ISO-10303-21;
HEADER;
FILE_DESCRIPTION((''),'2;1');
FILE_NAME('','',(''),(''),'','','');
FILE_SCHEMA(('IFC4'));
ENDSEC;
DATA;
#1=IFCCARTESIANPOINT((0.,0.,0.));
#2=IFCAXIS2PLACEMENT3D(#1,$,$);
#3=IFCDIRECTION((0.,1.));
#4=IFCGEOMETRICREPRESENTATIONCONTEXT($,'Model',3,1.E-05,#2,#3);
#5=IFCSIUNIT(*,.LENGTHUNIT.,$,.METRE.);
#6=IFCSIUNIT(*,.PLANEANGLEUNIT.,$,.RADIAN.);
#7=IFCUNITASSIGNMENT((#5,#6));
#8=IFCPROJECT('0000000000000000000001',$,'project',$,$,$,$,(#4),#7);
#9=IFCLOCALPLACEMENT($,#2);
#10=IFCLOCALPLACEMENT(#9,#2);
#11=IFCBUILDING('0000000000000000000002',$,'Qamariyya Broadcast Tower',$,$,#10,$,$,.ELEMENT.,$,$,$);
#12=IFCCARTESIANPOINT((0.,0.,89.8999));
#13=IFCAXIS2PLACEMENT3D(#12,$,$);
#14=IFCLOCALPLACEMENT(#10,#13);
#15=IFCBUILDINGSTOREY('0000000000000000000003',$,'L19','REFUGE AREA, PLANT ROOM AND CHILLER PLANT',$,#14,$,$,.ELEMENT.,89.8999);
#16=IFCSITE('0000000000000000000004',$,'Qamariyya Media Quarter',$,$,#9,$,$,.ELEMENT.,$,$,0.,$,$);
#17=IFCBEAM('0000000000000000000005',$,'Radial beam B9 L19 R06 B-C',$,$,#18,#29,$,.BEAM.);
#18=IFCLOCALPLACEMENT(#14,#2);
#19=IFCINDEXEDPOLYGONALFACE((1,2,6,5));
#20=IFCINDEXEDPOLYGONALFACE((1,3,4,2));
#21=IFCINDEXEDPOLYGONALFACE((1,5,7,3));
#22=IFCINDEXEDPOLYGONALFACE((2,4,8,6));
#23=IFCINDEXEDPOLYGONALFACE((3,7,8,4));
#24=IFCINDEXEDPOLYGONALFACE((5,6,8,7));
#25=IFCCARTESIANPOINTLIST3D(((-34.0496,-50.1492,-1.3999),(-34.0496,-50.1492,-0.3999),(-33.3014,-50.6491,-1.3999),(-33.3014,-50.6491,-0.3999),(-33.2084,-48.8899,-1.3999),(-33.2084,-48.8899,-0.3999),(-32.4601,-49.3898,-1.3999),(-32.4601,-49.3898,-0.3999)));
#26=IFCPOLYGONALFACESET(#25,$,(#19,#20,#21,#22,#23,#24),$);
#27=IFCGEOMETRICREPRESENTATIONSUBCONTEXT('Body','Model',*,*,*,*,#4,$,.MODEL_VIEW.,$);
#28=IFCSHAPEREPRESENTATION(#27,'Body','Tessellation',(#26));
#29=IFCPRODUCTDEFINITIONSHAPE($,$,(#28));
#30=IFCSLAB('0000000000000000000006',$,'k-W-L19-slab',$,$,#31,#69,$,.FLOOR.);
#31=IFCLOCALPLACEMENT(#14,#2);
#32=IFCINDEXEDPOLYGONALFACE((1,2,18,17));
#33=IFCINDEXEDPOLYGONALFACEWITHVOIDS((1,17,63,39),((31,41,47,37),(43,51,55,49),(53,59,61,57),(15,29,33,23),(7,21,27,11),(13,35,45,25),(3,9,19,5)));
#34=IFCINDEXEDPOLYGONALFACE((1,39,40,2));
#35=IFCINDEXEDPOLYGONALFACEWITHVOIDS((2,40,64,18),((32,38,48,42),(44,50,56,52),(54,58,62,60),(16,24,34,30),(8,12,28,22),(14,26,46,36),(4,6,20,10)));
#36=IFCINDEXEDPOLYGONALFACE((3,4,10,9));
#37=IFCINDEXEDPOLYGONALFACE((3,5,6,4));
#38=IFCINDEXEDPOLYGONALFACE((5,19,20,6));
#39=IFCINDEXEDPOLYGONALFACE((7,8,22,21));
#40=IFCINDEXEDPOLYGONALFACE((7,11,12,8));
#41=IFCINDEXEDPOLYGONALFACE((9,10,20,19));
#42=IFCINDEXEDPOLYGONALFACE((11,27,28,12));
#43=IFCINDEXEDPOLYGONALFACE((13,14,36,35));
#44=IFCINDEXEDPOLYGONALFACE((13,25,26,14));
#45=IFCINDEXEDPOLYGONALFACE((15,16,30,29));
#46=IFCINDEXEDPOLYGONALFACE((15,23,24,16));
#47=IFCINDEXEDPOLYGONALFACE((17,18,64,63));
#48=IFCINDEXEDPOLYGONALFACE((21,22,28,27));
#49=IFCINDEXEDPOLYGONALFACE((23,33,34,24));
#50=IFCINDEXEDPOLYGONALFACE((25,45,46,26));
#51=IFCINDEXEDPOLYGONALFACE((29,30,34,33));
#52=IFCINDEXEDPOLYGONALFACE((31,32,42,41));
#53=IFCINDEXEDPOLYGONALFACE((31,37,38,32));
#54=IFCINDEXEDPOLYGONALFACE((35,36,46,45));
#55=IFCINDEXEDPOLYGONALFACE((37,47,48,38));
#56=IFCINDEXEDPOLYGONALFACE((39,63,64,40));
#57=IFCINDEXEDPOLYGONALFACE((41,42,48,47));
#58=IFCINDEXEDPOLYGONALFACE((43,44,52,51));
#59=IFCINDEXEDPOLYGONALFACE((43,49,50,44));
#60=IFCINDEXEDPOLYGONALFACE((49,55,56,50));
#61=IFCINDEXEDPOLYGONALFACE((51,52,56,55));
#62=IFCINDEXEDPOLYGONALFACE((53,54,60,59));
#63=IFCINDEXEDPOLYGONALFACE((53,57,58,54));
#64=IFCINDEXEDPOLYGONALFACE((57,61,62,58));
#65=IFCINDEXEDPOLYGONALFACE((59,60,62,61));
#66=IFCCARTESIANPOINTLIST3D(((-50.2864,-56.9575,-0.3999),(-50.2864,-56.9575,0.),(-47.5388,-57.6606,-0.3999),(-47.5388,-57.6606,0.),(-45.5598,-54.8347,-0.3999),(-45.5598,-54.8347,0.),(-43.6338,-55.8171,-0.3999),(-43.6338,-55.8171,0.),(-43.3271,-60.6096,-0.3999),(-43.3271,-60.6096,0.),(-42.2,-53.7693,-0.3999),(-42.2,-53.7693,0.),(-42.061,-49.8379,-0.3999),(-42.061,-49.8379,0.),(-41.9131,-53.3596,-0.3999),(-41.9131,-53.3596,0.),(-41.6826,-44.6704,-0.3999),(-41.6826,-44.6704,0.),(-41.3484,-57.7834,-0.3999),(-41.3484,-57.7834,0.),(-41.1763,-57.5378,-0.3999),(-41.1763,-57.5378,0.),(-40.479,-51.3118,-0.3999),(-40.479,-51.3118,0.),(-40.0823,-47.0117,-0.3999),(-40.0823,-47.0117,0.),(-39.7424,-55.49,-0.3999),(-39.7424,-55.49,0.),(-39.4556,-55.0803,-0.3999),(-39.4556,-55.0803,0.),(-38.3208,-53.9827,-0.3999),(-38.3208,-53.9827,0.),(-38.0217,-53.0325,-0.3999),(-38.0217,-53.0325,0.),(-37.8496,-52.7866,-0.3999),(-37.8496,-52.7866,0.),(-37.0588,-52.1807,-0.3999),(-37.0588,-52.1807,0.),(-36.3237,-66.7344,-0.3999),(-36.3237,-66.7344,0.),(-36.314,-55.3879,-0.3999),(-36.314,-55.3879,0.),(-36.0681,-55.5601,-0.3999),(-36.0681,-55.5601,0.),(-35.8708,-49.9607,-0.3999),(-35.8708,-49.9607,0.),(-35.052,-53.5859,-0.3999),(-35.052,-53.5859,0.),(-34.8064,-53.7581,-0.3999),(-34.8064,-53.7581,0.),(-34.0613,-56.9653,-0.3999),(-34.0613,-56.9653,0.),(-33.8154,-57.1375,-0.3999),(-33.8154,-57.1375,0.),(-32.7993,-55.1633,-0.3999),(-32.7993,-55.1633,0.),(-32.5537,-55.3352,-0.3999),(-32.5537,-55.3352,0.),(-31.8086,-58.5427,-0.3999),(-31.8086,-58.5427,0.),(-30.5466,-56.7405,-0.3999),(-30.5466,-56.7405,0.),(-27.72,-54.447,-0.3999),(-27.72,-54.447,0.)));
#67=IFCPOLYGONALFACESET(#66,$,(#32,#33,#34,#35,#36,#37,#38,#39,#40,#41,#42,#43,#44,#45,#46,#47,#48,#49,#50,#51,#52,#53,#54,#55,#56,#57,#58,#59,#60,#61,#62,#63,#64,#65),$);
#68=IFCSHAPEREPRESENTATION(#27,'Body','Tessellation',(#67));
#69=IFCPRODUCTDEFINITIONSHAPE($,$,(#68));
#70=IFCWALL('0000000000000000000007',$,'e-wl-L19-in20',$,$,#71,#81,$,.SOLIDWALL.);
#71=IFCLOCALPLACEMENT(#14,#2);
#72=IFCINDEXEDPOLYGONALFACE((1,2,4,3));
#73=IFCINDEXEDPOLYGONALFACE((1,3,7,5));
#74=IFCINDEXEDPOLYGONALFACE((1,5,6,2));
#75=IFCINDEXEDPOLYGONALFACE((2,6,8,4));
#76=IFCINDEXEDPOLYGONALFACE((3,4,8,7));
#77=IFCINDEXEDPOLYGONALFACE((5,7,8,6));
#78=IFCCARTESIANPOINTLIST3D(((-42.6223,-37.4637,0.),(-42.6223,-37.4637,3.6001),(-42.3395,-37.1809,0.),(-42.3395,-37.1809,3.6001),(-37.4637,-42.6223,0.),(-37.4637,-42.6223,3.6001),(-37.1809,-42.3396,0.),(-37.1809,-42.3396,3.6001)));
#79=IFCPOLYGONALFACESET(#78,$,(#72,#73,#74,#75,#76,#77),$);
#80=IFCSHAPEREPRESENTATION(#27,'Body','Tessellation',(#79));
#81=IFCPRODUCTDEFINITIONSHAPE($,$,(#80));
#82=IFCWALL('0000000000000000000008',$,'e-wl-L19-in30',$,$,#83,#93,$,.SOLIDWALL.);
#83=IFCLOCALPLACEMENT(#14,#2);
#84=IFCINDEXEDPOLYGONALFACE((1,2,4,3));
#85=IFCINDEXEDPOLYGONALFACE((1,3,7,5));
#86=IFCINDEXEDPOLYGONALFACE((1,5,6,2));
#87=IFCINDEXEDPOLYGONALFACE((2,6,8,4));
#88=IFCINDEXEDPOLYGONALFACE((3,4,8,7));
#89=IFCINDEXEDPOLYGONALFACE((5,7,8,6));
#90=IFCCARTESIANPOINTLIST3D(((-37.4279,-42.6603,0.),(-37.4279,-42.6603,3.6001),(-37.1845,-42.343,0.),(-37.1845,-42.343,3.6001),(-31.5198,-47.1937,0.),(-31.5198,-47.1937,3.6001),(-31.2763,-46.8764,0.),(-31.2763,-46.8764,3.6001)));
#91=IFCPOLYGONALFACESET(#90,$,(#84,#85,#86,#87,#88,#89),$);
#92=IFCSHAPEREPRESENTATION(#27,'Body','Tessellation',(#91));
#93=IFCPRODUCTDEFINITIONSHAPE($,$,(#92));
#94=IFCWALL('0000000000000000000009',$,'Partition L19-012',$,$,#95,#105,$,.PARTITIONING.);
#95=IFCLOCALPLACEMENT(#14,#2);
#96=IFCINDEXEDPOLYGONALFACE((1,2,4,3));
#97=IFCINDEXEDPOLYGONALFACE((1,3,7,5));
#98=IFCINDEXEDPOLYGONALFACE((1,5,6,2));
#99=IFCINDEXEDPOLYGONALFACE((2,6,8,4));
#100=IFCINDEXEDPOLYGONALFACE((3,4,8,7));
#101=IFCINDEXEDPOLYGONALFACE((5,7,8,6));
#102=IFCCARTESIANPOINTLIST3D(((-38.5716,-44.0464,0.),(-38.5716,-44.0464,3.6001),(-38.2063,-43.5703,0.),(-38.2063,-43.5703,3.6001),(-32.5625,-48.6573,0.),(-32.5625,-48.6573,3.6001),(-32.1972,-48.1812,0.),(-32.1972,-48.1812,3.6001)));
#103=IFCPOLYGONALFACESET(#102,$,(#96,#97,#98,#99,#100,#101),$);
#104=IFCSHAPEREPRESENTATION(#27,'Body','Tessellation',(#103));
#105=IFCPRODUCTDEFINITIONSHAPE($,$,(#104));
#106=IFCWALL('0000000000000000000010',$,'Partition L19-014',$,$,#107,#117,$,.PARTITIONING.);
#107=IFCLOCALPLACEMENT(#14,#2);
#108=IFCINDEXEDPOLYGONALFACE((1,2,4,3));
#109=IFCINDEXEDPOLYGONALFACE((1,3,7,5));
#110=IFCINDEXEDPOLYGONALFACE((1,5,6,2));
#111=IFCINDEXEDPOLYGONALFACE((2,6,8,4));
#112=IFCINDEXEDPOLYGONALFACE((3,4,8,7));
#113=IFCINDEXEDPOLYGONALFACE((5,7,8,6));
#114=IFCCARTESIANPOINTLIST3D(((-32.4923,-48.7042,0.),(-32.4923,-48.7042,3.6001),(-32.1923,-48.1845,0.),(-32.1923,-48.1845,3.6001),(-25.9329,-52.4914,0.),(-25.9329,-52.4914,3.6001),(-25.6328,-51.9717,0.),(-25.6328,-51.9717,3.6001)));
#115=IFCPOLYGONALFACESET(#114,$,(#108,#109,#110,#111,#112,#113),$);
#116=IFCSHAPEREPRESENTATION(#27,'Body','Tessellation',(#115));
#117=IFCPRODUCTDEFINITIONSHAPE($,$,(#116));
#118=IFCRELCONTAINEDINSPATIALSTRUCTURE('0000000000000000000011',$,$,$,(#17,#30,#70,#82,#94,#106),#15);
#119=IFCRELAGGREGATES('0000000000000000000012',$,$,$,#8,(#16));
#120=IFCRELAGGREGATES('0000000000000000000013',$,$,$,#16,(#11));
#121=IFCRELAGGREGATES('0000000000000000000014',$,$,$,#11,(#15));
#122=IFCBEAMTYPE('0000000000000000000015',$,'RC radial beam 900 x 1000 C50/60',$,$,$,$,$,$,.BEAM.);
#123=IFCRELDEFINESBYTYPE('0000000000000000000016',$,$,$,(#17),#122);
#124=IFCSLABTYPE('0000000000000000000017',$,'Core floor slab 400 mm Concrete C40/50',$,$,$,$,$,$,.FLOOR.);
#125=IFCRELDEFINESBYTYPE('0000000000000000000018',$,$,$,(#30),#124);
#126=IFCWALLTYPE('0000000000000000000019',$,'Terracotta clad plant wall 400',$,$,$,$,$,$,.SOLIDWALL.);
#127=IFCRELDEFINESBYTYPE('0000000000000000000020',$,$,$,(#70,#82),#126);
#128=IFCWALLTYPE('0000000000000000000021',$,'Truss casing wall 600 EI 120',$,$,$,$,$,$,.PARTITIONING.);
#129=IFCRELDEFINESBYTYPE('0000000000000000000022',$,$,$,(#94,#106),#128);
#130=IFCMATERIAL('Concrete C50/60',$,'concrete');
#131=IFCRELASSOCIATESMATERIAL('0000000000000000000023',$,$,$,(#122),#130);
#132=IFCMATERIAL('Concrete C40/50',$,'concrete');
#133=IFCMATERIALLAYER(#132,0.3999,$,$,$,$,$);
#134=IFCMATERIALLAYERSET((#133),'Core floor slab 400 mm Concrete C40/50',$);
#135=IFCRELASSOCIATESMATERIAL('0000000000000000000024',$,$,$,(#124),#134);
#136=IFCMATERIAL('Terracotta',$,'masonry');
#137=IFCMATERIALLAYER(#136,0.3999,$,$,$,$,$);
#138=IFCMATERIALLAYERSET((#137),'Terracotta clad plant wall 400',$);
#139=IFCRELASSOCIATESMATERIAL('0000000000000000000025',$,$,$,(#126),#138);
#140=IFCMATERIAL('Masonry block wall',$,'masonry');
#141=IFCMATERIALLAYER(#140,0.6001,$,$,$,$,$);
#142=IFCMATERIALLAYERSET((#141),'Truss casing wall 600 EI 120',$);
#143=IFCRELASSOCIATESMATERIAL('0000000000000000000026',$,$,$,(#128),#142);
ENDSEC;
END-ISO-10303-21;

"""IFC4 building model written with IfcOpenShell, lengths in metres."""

from ifc_helpers import new_model, si_unit, direction, frame, frame_2d, origin, origin_2d, place, context, subcontext, project, spatial, polyline, rectangle, outline, extrude, material, layer, layer_set, material_profile, profile_set, type_object, element, save


model = new_model("IFC4")

# Units and contexts
model_context = context("Model", 3, precision=1e-05, world=origin(), true_north=direction((0.0, 1.0)))
body_context = subcontext(model_context, "Body", "Model", "MODEL_VIEW")
ifc_project = project(units=[si_unit("LENGTHUNIT", "METRE"), si_unit("PLANEANGLEUNIT", "RADIAN")], contexts=[model_context])

# Site, building, storey
site_placement = place(None, origin())
site = spatial("IfcSite", under=ifc_project, at=site_placement, Name="Qamariyya Media Quarter", CompositionType="ELEMENT", RefElevation=0.0)
building_placement = place(site_placement, origin())
building = spatial("IfcBuilding", under=site, at=building_placement, Name="Qamariyya Broadcast Tower", CompositionType="ELEMENT")
storey_placement = place(building_placement, frame((0.0, 0.0, 89.8999)))
storey = spatial("IfcBuildingStorey", under=building, at=storey_placement, Name="L19", Description="REFUGE AREA, PLANT ROOM AND CHILLER PLANT", CompositionType="ELEMENT", Elevation=89.8999)

# Beam
ifc_material_1 = material(Name="Concrete C50/60", Category="concrete")
ifc_material_profile_1 = material_profile(ifc_material_1, rectangle(XDim=0.8999, YDim=1.0, at=origin_2d()))
ifc_profile_set_1 = profile_set([ifc_material_profile_1], Name="Concrete C50/60")
beam_type_1 = type_object("IfcBeamType", Name="RC radial beam 900 x 1000 C50/60", PredefinedType="BEAM", material=ifc_profile_set_1)
beam_1_placement = place(storey_placement, frame((-32.8342, -49.1399, -0.8999), z_axis=(-0.555518, -0.831504, 0.0), x_axis=(0.831504, -0.555518, 0.0)))
element("IfcBeam", 1, at=beam_1_placement, inside=storey, type_object=beam_type_1, Name="Radial beam B9 L19 R06 B-C", PredefinedType="BEAM", context=body_context, shape_type="SweptSolid", body=[
    extrude(rectangle(XDim=0.8999, YDim=1.0, at=origin_2d()), origin(), (0.0, 0.0, 1.0), 1.5144),
])

# Slab
ifc_material_2 = material(Name="Concrete C40/50", Category="concrete")
ifc_layer_1 = layer(ifc_material_2, 0.3999)
ifc_layer_set_1 = layer_set([ifc_layer_1], Name="Core floor slab 400 mm Concrete C40/50")
slab_type_1 = type_object("IfcSlabType", Name="Core floor slab 400 mm Concrete C40/50", PredefinedType="FLOOR", material=ifc_layer_set_1)
slab_1_placement = place(storey_placement, frame((0.0, 0.0, -0.3999)))
element("IfcSlab", 2, at=slab_1_placement, inside=storey, type_object=slab_type_1, Name="k-W-L19-slab", PredefinedType="FLOOR", context=body_context, shape_type="SweptSolid", body=[
    extrude(outline(polyline([(-50.2864, -56.9575), (-36.3237, -66.7344), (-27.72, -54.447), (-41.6826, -44.6704), (-50.2864, -56.9575)]), holes=[polyline([(-31.8086, -58.5427), (-33.8154, -57.1375), (-32.5537, -55.3352), (-30.5466, -56.7405), (-31.8086, -58.5427)]), polyline([(-34.0613, -56.9653), (-36.0681, -55.5601), (-34.8064, -53.7581), (-32.7993, -55.1633), (-34.0613, -56.9653)]), polyline([(-36.314, -55.3879), (-38.3208, -53.9827), (-37.0588, -52.1807), (-35.052, -53.5859), (-36.314, -55.3879)]), polyline([(-39.7424, -55.49), (-42.2, -53.7693), (-43.6338, -55.8171), (-41.1763, -57.5378), (-39.7424, -55.49)]), polyline([(-39.4556, -55.0803), (-41.9131, -53.3596), (-40.479, -51.3118), (-38.0217, -53.0325), (-39.4556, -55.0803)]), polyline([(-42.061, -49.8379), (-37.8496, -52.7866), (-35.8708, -49.9607), (-40.0823, -47.0117), (-42.061, -49.8379)]), polyline([(-47.5388, -57.6606), (-43.3271, -60.6096), (-41.3484, -57.7834), (-45.5598, -54.8347), (-47.5388, -57.6606)])]), origin(), (0.0, 0.0, 1.0), 0.3999),
])

# Walls
ifc_material_3 = material(Name="Terracotta", Category="masonry")
ifc_layer_2 = layer(ifc_material_3, 0.3999)
ifc_layer_set_2 = layer_set([ifc_layer_2], Name="Terracotta clad plant wall 400")
wall_type_1 = type_object("IfcWallType", Name="Terracotta clad plant wall 400", PredefinedType="SOLIDWALL", material=ifc_layer_set_2)
wall_1_placement = place(storey_placement, frame((-37.3223, -42.481, 0.0), z_axis=(0.0, 0.0, 1.0), x_axis=(-0.707107, 0.707107, 0.0)))
element("IfcWall", 3, at=wall_1_placement, inside=storey, type_object=wall_type_1, Name="e-wl-L19-in20", PredefinedType="SOLIDWALL", context=body_context, shape_type="SweptSolid", body=[
    extrude(rectangle(XDim=7.2954, YDim=0.3999, at=frame_2d((3.6477, 0.0))), origin(), (0.0, 0.0, 1.0), 3.6001),
])
wall_2_placement = place(storey_placement, frame((-31.3979, -47.0352, 0.0), z_axis=(0.0, 0.0, 1.0), x_axis=(-0.793358, 0.608755, 0.0)))
element("IfcWall", 4, at=wall_2_placement, inside=storey, type_object=wall_type_1, Name="e-wl-L19-in30", PredefinedType="SOLIDWALL", context=body_context, shape_type="SweptSolid", body=[
    extrude(rectangle(XDim=7.447, YDim=0.3999, at=frame_2d((3.7236, 0.0))), origin(), (0.0, 0.0, 1.0), 3.6001),
])
ifc_material_4 = material(Name="Masonry block wall", Category="masonry")
ifc_layer_3 = layer(ifc_material_4, 0.6001)
ifc_layer_set_3 = layer_set([ifc_layer_3], Name="Truss casing wall 600 EI 120")
wall_type_2 = type_object("IfcWallType", Name="Truss casing wall 600 EI 120", PredefinedType="PARTITIONING", material=ifc_layer_set_3)
for number, where, z_axis, x_axis, name in (
    (5, (-38.3889, -43.8083, 0.0), (0.0, 0.0, 1.0), (0.793357, -0.608757, 0.0), "Partition L19-012"),
    (6, (-32.3423, -48.4443, 0.0), (0.0, 0.0, 1.0), (0.866021, -0.500008, 0.0), "Partition L19-014"),
):
    element("IfcWall", number, at=place(storey_placement, frame(where, z_axis=z_axis, x_axis=x_axis)), inside=storey, type_object=wall_type_2, Name=name, PredefinedType="PARTITIONING", context=body_context, shape_type="SweptSolid", body=[
        extrude(rectangle(XDim=7.5742, YDim=0.6001, at=frame_2d((3.7871, 0.0))), origin(), (0.0, 0.0, 1.0), 3.6001),
    ])

save(model, "model.ifc")
